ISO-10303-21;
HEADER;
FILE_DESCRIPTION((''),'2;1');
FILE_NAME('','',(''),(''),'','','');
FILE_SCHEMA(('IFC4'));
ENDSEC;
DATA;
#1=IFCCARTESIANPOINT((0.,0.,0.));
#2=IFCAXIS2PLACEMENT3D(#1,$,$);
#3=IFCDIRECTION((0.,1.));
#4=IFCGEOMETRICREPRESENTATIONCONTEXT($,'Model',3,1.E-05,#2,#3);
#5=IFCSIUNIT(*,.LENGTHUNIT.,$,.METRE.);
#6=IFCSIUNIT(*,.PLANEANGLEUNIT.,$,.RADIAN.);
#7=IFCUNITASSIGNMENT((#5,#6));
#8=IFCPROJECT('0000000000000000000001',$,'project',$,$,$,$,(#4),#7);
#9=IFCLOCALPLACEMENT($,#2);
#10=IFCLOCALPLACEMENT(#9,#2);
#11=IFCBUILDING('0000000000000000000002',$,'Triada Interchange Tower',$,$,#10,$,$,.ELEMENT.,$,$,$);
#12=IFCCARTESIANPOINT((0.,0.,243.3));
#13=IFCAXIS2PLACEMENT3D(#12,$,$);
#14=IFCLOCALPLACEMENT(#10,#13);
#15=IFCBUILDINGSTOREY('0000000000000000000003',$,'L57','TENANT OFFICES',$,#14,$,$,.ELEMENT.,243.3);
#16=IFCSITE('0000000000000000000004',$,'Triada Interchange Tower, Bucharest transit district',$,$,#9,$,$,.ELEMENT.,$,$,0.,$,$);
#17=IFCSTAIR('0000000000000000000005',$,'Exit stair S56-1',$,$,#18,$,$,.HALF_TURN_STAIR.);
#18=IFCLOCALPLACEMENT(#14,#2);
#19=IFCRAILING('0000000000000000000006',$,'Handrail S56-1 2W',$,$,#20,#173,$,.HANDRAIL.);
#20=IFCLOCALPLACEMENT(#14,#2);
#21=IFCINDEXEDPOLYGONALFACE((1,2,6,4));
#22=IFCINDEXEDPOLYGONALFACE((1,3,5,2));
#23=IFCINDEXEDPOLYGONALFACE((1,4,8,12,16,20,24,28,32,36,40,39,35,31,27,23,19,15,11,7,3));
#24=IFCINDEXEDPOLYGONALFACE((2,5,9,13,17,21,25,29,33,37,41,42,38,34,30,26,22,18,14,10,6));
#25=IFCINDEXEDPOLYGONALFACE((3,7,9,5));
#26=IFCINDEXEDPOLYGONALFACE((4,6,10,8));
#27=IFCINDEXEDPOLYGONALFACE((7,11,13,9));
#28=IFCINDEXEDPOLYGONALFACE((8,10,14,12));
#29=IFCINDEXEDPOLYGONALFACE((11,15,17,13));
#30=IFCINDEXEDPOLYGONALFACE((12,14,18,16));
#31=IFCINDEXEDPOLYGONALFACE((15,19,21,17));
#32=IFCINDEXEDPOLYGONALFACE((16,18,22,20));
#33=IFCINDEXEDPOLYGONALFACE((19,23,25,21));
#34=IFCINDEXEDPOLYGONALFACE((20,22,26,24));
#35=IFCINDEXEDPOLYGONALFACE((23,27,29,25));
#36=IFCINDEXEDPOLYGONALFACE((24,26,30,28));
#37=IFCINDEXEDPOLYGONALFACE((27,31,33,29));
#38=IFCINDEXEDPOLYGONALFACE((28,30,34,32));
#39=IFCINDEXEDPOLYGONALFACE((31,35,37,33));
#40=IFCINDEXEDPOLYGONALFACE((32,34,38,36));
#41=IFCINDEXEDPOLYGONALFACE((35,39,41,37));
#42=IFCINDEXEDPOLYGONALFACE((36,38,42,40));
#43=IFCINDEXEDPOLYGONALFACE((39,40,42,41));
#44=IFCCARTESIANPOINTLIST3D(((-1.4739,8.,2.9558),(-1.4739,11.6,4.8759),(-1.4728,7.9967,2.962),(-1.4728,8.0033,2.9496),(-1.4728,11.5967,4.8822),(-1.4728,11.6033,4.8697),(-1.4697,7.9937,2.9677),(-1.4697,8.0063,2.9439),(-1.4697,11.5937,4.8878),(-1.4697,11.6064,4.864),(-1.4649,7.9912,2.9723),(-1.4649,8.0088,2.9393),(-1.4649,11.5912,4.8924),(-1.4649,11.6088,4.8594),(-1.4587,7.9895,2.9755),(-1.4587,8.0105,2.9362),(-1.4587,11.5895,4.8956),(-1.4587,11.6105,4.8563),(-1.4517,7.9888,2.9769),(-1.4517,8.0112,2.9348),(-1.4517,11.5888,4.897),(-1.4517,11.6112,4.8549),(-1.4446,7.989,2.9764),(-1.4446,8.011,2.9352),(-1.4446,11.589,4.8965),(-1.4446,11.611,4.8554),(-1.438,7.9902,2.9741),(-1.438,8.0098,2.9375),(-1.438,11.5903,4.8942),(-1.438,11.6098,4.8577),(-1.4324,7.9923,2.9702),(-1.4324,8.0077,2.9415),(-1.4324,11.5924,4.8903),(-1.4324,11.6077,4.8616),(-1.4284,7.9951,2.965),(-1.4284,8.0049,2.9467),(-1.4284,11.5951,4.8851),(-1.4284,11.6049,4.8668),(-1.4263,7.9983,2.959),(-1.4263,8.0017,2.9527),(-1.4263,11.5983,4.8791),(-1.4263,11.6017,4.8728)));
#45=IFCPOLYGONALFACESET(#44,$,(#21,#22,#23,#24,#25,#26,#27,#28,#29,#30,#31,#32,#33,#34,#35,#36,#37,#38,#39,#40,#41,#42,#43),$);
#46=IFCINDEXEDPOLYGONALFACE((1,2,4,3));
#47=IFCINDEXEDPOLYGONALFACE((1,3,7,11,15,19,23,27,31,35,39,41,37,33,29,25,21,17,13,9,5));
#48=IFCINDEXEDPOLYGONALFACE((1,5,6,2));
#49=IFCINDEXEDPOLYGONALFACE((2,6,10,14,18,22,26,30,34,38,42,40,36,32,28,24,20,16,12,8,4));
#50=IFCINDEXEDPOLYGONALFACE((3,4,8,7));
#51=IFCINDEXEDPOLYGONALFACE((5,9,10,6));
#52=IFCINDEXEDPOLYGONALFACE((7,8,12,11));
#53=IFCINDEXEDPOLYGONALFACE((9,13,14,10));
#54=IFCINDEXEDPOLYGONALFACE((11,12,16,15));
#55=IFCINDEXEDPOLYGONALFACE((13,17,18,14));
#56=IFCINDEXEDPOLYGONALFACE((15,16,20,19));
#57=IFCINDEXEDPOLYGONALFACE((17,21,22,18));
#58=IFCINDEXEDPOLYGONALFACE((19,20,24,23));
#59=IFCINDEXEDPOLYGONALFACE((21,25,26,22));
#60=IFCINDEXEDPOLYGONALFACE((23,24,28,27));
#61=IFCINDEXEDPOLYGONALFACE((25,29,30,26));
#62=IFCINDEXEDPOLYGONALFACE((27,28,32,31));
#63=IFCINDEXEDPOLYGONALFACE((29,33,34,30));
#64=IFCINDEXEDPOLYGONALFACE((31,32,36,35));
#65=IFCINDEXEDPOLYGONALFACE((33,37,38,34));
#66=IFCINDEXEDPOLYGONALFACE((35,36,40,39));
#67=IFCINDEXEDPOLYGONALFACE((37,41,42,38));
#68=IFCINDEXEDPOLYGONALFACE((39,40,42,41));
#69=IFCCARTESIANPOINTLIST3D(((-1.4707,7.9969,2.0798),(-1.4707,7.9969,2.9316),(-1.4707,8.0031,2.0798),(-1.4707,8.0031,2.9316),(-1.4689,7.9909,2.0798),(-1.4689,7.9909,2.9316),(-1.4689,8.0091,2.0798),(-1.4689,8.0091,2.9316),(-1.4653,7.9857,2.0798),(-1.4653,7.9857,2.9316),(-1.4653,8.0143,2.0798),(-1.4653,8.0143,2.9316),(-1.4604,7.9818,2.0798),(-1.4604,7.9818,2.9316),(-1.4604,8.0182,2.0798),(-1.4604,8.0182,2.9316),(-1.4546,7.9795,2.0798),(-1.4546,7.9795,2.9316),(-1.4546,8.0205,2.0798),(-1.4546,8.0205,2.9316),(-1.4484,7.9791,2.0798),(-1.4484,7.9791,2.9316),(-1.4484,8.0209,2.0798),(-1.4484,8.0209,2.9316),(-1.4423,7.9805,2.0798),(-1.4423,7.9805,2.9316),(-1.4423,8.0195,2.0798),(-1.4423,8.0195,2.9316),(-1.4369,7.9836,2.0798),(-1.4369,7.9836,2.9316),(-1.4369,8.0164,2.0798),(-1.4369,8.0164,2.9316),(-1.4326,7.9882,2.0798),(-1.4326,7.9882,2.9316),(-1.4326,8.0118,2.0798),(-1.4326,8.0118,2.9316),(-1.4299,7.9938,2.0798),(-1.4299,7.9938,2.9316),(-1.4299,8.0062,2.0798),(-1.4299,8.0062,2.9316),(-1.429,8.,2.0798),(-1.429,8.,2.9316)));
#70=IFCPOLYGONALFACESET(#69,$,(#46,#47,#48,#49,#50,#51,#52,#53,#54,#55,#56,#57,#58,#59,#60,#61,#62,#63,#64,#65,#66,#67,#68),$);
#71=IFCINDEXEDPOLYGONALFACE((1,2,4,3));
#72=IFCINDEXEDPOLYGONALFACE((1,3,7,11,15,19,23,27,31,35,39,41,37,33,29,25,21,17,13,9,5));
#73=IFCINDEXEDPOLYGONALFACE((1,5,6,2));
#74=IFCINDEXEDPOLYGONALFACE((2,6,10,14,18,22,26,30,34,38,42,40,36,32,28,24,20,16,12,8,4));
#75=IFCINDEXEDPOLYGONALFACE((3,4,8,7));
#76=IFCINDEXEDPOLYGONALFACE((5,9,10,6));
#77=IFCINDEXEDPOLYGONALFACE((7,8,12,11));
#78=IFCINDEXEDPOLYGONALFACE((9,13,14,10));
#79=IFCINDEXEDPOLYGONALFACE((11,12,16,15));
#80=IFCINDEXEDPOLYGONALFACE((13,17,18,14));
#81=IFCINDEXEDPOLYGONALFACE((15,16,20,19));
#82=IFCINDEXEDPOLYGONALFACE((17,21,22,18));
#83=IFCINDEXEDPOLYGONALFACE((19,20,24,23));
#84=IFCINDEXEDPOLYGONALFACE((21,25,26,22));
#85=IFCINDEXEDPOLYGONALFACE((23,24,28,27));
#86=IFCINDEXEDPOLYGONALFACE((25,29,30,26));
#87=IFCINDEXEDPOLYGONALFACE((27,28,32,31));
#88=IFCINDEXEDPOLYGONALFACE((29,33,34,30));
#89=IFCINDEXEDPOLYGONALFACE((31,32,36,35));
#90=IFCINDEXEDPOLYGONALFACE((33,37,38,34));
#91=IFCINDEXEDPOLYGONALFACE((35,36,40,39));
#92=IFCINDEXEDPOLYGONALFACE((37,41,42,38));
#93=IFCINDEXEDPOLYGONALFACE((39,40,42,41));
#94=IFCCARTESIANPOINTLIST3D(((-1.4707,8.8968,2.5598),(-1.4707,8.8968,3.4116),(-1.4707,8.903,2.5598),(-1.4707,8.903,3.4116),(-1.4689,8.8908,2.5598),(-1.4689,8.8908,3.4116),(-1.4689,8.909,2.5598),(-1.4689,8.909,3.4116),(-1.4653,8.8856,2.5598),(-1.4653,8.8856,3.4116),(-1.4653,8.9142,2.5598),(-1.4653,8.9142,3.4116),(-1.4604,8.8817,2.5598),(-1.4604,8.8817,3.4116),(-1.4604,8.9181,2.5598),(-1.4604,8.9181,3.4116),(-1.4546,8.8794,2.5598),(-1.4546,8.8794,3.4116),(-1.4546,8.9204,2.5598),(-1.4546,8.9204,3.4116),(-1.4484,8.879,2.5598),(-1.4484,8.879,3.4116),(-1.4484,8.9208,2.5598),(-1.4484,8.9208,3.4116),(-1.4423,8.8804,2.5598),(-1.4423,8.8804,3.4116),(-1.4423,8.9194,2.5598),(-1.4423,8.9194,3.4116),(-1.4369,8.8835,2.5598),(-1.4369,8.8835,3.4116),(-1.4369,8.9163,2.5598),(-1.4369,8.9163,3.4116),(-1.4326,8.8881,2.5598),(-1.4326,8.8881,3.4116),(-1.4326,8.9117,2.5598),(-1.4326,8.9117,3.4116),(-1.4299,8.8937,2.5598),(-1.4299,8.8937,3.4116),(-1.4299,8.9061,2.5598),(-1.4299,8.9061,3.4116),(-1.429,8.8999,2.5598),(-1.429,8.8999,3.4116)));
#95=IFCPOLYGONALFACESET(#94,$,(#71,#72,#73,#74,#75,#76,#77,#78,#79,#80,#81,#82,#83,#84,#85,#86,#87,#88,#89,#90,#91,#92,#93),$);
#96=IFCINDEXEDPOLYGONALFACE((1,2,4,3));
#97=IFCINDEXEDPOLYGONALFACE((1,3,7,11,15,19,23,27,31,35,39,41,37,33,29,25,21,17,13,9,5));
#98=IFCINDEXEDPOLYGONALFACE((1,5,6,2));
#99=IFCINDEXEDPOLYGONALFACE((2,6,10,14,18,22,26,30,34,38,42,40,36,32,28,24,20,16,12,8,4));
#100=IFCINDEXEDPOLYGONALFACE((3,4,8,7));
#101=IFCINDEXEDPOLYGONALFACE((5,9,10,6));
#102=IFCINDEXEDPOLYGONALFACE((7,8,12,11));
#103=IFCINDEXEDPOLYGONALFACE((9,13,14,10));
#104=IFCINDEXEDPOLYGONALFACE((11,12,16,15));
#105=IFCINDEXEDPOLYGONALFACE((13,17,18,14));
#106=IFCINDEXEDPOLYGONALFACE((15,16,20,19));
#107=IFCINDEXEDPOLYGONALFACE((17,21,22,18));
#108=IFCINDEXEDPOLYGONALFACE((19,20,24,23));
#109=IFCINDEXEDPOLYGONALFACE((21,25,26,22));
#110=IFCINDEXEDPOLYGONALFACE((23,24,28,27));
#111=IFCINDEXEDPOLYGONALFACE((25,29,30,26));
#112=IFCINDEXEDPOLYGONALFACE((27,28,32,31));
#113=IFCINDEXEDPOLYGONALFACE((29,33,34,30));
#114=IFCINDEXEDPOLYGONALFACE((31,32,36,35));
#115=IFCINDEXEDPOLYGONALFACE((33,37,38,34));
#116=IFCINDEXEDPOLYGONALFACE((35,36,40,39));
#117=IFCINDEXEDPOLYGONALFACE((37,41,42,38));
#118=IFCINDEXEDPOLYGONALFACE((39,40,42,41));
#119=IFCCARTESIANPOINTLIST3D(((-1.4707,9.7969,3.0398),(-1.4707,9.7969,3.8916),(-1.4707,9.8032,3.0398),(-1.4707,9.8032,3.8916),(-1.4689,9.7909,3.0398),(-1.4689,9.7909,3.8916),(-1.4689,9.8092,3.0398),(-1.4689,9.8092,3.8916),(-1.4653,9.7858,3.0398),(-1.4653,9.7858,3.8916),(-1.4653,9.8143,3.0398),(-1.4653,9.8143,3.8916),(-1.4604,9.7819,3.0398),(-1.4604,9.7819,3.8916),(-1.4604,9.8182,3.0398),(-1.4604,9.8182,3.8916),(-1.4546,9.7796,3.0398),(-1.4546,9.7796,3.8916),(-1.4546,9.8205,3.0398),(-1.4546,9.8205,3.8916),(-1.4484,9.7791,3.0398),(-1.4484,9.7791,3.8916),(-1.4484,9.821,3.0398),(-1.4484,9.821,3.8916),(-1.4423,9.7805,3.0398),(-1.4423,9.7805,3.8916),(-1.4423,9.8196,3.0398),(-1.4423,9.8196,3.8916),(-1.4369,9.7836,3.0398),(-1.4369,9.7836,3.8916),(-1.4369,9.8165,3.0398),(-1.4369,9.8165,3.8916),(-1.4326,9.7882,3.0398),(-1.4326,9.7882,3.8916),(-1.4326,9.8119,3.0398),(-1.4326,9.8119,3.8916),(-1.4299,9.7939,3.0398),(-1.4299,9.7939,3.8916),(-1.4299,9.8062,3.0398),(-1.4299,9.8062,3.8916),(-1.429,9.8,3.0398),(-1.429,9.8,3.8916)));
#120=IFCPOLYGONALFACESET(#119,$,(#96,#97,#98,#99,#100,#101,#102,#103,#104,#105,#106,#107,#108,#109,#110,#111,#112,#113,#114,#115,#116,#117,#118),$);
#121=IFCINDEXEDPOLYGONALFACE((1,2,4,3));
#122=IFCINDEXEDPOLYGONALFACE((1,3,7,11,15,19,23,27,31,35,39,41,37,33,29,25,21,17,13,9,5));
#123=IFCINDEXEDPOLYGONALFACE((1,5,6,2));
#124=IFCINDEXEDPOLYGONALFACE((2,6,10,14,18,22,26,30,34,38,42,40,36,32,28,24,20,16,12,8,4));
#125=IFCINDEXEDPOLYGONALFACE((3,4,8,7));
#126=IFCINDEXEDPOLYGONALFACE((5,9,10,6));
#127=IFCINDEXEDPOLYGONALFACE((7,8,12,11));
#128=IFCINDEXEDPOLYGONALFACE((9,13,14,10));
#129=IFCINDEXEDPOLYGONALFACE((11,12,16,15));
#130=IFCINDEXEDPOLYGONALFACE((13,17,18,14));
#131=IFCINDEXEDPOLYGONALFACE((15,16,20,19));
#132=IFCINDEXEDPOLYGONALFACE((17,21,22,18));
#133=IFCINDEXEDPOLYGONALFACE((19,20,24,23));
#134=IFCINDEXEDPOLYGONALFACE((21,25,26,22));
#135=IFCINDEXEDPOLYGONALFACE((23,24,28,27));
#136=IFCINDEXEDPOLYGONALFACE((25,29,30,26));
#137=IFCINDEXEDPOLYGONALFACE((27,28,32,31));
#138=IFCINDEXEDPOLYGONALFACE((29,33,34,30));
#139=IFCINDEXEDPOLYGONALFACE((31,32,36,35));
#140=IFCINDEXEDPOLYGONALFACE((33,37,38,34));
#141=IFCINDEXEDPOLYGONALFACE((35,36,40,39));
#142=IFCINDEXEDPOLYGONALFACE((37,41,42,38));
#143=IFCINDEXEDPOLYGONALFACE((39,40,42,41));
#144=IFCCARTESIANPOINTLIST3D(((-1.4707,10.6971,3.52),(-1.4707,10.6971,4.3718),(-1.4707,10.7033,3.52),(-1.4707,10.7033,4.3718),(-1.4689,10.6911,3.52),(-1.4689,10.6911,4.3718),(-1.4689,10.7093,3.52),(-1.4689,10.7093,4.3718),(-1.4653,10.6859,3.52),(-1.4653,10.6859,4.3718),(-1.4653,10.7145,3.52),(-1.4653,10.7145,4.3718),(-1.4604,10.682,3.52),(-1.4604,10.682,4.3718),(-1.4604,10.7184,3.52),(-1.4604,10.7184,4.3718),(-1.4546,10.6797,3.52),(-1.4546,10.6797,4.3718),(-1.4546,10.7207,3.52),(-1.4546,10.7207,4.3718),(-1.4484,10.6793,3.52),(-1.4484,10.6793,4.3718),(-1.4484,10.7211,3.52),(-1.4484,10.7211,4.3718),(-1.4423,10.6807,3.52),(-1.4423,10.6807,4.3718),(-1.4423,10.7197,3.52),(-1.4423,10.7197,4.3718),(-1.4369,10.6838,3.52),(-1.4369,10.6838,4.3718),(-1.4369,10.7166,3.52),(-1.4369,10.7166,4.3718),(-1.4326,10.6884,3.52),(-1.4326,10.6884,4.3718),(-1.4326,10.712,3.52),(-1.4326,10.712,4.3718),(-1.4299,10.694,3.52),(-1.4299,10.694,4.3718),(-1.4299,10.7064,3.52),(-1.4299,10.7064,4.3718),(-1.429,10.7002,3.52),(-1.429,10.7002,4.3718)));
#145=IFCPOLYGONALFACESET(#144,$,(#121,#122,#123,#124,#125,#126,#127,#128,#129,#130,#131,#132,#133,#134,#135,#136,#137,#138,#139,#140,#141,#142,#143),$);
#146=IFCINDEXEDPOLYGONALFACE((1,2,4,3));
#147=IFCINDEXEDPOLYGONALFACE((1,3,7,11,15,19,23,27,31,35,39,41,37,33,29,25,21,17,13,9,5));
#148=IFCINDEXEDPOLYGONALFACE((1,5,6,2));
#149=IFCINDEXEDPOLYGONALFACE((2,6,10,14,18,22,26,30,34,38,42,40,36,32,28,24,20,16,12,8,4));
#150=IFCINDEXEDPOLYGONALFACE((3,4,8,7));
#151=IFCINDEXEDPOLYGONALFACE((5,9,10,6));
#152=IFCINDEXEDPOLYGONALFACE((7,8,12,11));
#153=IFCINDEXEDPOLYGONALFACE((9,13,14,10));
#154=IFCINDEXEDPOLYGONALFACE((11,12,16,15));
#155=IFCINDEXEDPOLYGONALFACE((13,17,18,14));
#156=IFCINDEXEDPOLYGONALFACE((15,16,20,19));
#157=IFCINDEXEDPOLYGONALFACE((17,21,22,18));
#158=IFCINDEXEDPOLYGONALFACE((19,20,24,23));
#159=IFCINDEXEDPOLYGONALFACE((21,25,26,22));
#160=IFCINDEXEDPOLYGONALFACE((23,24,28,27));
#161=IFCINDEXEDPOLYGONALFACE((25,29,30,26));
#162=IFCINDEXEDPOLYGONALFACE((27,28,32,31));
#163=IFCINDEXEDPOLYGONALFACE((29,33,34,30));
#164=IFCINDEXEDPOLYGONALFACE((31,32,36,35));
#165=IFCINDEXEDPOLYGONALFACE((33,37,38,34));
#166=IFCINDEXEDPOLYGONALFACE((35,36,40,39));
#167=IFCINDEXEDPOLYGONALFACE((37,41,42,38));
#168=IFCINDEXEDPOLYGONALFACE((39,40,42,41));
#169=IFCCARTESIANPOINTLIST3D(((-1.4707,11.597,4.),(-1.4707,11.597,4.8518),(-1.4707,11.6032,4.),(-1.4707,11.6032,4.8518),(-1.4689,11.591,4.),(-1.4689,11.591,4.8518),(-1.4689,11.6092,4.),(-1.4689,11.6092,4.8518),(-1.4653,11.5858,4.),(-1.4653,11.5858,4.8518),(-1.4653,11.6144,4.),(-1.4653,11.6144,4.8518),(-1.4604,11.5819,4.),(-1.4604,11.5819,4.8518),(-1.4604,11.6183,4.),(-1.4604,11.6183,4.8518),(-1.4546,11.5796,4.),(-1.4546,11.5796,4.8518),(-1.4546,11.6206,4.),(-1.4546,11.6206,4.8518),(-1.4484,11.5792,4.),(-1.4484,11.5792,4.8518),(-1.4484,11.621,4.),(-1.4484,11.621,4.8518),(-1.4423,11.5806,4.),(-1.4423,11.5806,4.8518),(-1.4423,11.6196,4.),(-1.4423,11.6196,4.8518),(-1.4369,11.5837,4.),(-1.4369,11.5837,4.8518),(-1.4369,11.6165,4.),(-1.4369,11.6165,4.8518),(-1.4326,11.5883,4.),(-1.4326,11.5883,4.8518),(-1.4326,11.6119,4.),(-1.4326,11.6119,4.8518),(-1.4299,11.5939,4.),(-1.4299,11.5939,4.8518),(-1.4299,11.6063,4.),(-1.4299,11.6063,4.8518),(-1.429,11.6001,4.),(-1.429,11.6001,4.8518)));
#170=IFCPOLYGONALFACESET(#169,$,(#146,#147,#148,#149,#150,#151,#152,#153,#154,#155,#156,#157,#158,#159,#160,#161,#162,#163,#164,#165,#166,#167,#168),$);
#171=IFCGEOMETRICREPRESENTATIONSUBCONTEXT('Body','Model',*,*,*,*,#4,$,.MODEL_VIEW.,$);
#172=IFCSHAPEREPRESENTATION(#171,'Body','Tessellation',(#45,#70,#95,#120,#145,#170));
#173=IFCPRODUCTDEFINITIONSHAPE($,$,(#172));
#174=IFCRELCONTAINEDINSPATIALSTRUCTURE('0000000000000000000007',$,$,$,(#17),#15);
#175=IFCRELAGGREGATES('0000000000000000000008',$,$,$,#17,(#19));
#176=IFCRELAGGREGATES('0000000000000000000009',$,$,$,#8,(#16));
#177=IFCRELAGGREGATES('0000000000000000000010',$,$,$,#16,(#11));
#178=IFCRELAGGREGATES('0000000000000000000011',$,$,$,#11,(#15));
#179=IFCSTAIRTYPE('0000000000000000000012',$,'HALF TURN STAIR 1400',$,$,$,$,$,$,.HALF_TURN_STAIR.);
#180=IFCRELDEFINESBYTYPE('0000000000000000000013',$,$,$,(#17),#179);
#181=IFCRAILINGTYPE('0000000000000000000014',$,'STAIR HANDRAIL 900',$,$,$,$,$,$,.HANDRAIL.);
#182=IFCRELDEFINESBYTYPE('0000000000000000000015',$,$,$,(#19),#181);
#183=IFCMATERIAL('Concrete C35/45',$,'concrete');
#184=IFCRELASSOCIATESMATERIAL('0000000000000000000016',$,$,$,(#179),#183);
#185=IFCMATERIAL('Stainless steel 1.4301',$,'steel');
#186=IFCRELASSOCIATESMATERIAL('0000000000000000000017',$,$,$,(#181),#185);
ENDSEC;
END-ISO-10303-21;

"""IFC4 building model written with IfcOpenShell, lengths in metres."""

from ifc_helpers import new_model, si_unit, direction, frame, origin, origin_2d, place, context, subcontext, project, spatial, circle, extrude, material, type_object, element, aggregate, save


model = new_model("IFC4")

# Units and contexts
model_context = context("Model", 3, precision=1e-05, world=origin(), true_north=direction((0.0, 1.0)))
body_context = subcontext(model_context, "Body", "Model", "MODEL_VIEW")
ifc_project = project(units=[si_unit("LENGTHUNIT", "METRE"), si_unit("PLANEANGLEUNIT", "RADIAN")], contexts=[model_context])

# Site, building, storey
site_placement = place(None, origin())
site = spatial("IfcSite", under=ifc_project, at=site_placement, Name="Triada Interchange Tower, Bucharest transit district", CompositionType="ELEMENT", RefElevation=0.0)
building_placement = place(site_placement, origin())
building = spatial("IfcBuilding", under=site, at=building_placement, Name="Triada Interchange Tower", CompositionType="ELEMENT")
storey_placement = place(building_placement, frame((0.0, 0.0, 243.3)))
storey = spatial("IfcBuildingStorey", under=building, at=storey_placement, Name="L57", Description="TENANT OFFICES", CompositionType="ELEMENT", Elevation=243.3)

# Stair, railing
ifc_material_1 = material(Name="Concrete C35/45", Category="concrete")
stair_type = type_object("IfcStairType", Name="HALF TURN STAIR 1400", PredefinedType="HALF_TURN_STAIR", material=ifc_material_1)
stair_placement = place(storey_placement, origin())
stair = element("IfcStair", 1, at=stair_placement, inside=storey, type_object=stair_type, Name="Exit stair S56-1", PredefinedType="HALF_TURN_STAIR")
ifc_material_2 = material(Name="Stainless steel 1.4301", Category="steel")
railing_type = type_object("IfcRailingType", Name="STAIR HANDRAIL 900", PredefinedType="HANDRAIL", material=ifc_material_2)
railing_1_placement = place(storey_placement, frame((-1.45, 8.0, 2.0798)))
railing_1 = element("IfcRailing", 2, at=railing_1_placement, type_object=railing_type, Name="Handrail S56-1 2W", PredefinedType="HANDRAIL", context=body_context, shape_type="SweptSolid", body=[
    extrude(circle(Radius=0.0239, at=origin_2d()), frame((0.0, 0.0, 0.876), z_axis=(0.0, 0.882341, 0.47061), x_axis=(-1.0, 0.0, 0.0)), (0.0, 0.0, 1.0), 4.0801),
    extrude(circle(Radius=0.021, at=origin_2d()), origin(), (0.0, 0.0, 1.0), 0.8518),
    extrude(circle(Radius=0.021, at=origin_2d()), frame((0.0, 0.8999, 0.48)), (0.0, 0.0, 1.0), 0.8518),
    extrude(circle(Radius=0.021, at=origin_2d()), frame((0.0, 1.8, 0.96)), (0.0, 0.0, 1.0), 0.8518),
    extrude(circle(Radius=0.021, at=origin_2d()), frame((0.0, 2.7002, 1.4402)), (0.0, 0.0, 1.0), 0.8518),
    extrude(circle(Radius=0.021, at=origin_2d()), frame((0.0, 3.6001, 1.9202)), (0.0, 0.0, 1.0), 0.8518),
])
aggregate(stair, [railing_1])

save(model, "model.ifc")
